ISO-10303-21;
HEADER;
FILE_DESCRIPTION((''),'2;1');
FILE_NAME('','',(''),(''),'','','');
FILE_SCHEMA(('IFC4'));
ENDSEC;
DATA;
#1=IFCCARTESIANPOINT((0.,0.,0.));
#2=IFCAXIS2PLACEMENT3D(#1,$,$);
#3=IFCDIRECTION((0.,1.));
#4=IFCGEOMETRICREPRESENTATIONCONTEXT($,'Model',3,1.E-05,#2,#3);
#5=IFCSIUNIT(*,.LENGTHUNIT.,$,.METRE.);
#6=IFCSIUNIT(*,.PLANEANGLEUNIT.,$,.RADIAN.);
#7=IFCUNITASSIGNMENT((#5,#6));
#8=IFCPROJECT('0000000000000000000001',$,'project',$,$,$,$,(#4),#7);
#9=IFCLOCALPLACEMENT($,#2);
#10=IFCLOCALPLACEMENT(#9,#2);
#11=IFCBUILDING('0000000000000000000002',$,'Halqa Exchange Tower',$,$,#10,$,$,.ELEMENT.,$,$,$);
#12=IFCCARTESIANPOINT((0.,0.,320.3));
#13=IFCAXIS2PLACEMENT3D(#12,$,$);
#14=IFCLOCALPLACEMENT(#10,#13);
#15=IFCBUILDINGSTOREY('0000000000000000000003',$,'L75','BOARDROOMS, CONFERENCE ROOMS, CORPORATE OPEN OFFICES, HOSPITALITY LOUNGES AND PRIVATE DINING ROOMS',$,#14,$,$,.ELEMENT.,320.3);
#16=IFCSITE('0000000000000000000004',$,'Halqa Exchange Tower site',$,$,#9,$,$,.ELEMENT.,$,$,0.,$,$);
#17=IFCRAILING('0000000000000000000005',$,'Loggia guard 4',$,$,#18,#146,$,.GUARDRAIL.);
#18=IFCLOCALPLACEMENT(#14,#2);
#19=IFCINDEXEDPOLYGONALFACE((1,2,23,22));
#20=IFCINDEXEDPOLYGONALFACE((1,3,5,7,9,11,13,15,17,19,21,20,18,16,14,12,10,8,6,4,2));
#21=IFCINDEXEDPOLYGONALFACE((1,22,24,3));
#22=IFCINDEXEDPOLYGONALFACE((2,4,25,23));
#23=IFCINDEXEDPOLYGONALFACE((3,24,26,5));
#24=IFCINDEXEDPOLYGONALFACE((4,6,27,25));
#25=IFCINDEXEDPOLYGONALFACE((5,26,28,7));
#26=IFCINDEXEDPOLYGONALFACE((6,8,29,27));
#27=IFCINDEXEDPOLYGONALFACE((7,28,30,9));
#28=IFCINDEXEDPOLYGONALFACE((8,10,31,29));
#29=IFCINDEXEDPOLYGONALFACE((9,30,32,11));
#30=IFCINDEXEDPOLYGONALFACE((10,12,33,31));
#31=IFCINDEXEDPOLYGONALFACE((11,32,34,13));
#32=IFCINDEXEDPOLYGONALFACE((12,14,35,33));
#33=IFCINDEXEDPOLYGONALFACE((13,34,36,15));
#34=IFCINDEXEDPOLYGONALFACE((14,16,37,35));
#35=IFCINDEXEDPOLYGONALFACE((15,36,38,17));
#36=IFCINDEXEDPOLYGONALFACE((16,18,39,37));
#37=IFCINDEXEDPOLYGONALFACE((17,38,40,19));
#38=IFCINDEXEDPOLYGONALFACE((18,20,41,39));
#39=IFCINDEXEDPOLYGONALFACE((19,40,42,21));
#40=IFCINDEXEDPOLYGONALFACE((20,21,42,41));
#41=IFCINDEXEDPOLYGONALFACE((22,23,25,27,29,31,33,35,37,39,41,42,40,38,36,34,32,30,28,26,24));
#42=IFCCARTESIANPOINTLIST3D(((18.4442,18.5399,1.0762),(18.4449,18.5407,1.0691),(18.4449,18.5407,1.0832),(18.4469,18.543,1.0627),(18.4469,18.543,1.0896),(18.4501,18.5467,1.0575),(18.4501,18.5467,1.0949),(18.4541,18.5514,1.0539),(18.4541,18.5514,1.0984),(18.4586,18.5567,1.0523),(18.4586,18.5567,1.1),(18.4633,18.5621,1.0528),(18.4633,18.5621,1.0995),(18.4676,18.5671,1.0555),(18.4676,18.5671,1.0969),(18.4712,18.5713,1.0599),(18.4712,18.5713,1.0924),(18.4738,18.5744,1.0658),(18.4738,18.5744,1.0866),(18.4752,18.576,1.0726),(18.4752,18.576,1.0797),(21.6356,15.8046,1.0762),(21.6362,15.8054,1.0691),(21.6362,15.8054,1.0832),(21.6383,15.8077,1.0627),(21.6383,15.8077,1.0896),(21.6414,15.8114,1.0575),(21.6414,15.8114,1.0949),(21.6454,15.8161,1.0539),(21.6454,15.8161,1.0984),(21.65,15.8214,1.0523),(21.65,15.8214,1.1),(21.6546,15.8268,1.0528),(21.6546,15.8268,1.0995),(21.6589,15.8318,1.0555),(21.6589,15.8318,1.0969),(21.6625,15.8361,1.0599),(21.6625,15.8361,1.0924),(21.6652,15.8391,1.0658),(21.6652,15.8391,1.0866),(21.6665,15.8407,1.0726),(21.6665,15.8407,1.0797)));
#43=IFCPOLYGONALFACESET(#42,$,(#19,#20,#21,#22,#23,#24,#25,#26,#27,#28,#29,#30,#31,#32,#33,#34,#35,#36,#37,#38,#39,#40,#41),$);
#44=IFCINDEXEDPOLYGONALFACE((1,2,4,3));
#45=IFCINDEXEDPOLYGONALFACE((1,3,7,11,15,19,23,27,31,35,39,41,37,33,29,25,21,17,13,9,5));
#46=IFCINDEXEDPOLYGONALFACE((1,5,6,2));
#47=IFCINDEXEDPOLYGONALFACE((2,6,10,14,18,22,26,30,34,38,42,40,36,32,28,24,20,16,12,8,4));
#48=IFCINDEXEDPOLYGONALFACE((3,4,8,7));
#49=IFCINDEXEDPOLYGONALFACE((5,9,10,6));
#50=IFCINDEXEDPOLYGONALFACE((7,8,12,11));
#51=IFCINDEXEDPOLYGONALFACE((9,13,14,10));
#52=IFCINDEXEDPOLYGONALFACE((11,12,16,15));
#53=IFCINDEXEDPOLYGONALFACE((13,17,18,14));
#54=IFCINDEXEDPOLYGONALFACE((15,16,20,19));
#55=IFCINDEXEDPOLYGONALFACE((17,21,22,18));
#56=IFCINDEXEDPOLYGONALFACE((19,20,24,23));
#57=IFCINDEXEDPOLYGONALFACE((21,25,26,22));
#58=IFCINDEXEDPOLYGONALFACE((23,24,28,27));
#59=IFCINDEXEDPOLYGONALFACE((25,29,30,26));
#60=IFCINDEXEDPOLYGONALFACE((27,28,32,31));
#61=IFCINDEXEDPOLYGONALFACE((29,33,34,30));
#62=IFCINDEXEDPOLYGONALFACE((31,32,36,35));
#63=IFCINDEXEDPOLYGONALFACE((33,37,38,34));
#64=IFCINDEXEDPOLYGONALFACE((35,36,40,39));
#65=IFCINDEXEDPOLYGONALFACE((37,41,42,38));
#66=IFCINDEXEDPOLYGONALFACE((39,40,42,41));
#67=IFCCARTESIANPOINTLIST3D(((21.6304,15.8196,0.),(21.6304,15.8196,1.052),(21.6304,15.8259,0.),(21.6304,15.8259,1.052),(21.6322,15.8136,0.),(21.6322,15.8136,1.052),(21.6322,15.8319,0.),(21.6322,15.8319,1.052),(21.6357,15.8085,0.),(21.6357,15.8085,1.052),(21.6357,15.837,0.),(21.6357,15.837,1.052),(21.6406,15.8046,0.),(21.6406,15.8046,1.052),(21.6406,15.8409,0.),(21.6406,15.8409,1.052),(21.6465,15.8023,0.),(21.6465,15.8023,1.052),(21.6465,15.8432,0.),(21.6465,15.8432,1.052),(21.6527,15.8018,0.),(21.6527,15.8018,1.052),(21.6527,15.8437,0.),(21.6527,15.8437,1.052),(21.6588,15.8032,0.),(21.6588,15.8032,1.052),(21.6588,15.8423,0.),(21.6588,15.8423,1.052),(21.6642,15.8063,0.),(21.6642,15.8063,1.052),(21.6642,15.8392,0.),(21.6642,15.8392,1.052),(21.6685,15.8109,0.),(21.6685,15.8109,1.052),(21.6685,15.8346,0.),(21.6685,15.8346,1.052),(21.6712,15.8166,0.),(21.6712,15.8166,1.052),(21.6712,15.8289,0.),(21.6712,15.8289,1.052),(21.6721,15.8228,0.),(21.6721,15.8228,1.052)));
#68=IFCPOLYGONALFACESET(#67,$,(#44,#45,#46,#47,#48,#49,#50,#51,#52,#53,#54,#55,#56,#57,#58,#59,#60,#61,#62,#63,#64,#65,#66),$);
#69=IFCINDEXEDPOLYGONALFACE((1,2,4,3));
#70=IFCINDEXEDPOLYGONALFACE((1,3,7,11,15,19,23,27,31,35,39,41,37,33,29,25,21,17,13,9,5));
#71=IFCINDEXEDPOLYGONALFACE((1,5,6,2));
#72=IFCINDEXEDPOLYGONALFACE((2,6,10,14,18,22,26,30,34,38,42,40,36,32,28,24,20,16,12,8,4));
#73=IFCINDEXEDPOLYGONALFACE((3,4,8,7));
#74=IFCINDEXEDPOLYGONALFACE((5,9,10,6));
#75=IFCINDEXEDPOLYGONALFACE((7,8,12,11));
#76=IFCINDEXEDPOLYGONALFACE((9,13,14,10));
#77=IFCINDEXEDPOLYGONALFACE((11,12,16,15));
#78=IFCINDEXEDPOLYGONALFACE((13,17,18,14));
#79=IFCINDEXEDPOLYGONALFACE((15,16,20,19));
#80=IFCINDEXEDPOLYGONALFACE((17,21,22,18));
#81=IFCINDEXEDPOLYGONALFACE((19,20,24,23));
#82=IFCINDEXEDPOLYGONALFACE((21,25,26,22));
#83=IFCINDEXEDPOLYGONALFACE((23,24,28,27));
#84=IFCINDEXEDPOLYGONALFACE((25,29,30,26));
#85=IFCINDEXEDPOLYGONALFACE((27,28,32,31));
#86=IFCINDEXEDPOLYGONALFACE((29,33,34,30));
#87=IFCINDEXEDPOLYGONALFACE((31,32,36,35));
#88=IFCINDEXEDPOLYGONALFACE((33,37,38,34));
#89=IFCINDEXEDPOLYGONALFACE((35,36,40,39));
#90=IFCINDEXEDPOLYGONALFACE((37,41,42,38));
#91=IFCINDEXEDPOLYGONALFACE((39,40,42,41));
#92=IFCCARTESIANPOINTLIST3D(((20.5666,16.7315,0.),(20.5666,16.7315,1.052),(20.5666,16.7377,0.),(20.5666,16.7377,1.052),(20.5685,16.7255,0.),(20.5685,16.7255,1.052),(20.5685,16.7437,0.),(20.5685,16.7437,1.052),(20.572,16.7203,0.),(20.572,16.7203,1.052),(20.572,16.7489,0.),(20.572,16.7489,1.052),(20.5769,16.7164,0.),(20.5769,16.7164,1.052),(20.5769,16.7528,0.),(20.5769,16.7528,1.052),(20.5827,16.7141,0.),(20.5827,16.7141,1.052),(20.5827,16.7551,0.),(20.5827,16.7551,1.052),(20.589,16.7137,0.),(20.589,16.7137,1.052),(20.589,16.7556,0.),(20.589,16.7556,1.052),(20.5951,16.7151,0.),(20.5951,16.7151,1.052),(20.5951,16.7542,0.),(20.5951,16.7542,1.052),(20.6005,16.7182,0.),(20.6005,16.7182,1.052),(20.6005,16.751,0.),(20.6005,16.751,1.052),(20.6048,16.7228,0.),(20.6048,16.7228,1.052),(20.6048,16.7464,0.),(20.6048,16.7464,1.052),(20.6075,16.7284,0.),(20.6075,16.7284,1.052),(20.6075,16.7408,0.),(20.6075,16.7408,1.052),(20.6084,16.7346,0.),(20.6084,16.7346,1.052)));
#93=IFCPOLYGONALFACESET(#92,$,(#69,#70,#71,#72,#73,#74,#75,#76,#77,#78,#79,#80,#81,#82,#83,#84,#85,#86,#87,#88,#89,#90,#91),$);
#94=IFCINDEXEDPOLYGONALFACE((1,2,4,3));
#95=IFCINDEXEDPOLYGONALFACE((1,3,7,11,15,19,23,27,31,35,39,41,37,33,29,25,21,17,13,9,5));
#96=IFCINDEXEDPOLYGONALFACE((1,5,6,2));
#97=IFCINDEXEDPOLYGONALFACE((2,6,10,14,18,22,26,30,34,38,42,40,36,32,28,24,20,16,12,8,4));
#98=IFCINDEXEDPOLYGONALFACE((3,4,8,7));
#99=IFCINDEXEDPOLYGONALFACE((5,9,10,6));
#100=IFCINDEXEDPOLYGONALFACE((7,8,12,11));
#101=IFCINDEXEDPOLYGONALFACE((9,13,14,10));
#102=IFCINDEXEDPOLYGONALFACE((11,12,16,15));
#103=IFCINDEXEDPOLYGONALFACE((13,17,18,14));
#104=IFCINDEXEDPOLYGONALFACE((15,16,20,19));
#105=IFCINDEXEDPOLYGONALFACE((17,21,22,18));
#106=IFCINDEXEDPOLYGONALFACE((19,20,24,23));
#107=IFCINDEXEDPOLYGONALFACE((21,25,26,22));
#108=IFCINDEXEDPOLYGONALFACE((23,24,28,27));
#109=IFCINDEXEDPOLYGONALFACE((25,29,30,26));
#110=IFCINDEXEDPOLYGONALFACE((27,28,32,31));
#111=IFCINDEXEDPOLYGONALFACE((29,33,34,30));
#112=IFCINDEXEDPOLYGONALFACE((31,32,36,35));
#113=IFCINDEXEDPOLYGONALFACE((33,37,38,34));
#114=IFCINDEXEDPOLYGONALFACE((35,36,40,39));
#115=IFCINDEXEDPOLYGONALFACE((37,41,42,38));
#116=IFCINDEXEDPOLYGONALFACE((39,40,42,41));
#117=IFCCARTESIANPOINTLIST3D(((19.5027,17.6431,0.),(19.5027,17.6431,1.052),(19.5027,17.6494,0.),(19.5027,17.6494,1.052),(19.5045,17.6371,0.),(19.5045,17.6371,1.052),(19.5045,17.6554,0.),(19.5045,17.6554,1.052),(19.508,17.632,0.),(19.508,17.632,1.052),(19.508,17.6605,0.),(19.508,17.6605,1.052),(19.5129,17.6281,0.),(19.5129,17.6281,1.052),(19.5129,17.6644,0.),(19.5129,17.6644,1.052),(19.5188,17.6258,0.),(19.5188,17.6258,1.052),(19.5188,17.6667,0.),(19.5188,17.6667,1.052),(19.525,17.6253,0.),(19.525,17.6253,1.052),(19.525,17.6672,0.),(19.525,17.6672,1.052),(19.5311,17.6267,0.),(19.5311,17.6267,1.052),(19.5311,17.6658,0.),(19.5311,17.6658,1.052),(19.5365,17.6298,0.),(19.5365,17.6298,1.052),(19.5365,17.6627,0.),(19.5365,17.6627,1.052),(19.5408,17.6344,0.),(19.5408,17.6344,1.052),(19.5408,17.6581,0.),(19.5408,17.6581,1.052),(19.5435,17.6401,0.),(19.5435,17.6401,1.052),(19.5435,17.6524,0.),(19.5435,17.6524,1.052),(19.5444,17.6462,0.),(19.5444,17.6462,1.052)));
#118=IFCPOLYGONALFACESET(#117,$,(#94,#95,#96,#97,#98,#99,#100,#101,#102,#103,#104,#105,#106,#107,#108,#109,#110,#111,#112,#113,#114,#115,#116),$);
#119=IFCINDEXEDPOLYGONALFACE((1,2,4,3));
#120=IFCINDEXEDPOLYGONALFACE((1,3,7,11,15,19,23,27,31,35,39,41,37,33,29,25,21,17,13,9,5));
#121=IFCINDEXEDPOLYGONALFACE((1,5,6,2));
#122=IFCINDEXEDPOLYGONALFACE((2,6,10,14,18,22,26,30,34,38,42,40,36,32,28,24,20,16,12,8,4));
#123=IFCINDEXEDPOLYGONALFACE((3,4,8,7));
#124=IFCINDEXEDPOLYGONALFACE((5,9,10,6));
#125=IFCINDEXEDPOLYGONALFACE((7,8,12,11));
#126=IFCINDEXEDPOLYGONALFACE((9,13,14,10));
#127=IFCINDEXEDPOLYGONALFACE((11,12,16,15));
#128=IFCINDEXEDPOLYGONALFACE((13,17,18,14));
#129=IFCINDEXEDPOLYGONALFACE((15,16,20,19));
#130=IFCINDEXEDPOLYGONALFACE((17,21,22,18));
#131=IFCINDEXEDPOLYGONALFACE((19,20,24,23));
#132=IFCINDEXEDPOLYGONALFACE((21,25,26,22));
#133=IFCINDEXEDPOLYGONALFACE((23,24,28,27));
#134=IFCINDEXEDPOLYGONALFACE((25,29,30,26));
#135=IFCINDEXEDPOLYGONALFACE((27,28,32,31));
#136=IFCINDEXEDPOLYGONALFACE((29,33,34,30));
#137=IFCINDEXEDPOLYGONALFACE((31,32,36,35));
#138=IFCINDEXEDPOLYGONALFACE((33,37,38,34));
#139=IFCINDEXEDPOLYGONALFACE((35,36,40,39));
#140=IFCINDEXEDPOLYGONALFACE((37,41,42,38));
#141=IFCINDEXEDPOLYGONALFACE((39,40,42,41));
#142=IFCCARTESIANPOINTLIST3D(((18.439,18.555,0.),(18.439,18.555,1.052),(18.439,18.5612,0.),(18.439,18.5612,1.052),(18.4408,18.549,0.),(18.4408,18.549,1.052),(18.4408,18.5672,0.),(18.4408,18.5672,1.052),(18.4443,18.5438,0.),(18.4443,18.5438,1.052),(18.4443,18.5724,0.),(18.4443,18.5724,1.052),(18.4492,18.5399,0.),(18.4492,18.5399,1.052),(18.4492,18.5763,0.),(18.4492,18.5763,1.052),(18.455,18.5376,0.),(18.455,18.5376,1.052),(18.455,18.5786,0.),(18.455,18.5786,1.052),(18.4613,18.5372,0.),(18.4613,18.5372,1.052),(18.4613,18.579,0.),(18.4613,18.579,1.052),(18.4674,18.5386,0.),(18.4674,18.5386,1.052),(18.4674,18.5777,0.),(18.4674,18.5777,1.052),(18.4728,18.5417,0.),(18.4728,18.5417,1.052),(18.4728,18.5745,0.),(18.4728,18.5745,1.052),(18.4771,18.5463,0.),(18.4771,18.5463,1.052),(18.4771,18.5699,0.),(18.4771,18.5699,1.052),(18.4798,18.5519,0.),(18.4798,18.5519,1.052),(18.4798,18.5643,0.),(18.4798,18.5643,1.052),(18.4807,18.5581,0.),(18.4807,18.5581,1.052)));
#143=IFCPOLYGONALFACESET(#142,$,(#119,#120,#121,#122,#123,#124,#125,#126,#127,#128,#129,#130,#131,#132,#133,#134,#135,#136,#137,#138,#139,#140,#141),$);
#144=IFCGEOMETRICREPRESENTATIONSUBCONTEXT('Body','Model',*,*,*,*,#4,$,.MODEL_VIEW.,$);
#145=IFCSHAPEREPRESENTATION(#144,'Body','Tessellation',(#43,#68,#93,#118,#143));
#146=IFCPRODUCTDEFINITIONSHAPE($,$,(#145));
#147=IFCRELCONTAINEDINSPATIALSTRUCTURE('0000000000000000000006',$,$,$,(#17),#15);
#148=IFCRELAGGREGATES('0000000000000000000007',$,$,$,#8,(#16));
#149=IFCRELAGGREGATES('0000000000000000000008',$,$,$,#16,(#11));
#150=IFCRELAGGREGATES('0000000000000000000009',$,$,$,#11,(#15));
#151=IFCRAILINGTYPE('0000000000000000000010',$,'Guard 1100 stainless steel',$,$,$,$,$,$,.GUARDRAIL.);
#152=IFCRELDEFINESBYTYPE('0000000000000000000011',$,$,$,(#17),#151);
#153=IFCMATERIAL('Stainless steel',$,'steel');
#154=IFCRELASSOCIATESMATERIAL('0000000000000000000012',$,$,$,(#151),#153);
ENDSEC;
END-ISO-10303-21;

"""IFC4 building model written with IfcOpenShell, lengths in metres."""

from ifc_helpers import new_model, si_unit, direction, frame, origin, origin_2d, place, context, subcontext, project, spatial, circle, extrude, material, type_object, element, save


model = new_model("IFC4")

# Units and contexts
model_context = context("Model", 3, precision=1e-05, world=origin(), true_north=direction((0.0, 1.0)))
body_context = subcontext(model_context, "Body", "Model", "MODEL_VIEW")
ifc_project = project(units=[si_unit("LENGTHUNIT", "METRE"), si_unit("PLANEANGLEUNIT", "RADIAN")], contexts=[model_context])

# Site, building, storey
site_placement = place(None, origin())
site = spatial("IfcSite", under=ifc_project, at=site_placement, Name="Halqa Exchange Tower site", CompositionType="ELEMENT", RefElevation=0.0)
building_placement = place(site_placement, origin())
building = spatial("IfcBuilding", under=site, at=building_placement, Name="Halqa Exchange Tower", CompositionType="ELEMENT")
storey_placement = place(building_placement, frame((0.0, 0.0, 320.3)))
storey = spatial("IfcBuildingStorey", under=building, at=storey_placement, Name="L75", Description="BOARDROOMS, CONFERENCE ROOMS, CORPORATE OPEN OFFICES, HOSPITALITY LOUNGES AND PRIVATE DINING ROOMS", CompositionType="ELEMENT", Elevation=320.3)

# Railing
ifc_material_1 = material(Name="Stainless steel", Category="steel")
railing_type = type_object("IfcRailingType", Name="Guard 1100 stainless steel", PredefinedType="GUARDRAIL", material=ifc_material_1)
railing_1_placement = place(storey_placement, frame((21.6511, 15.8228, 0.0)))
element("IfcRailing", 1, at=railing_1_placement, inside=storey, type_object=railing_type, Name="Loggia guard 4", PredefinedType="GUARDRAIL", context=body_context, shape_type="SweptSolid", body=[
    extrude(circle(Radius=0.0239, at=origin_2d()), frame((0.0, 0.0, 1.0762), z_axis=(-0.759273, 0.650772, 0.0), x_axis=(-0.650772, -0.759273, 0.0)), (0.0, 0.0, 1.0), 4.2031),
    extrude(circle(Radius=0.021, at=origin_2d()), origin(), (0.0, 0.0, 1.0), 1.052),
    extrude(circle(Radius=0.021, at=origin_2d()), frame((-1.0637, 0.9119, 0.0)), (0.0, 0.0, 1.0), 1.052),
    extrude(circle(Radius=0.021, at=origin_2d()), frame((-2.1277, 1.8235, 0.0)), (0.0, 0.0, 1.0), 1.052),
    extrude(circle(Radius=0.021, at=origin_2d()), frame((-3.1914, 2.7354, 0.0)), (0.0, 0.0, 1.0), 1.052),
])

save(model, "model.ifc")
